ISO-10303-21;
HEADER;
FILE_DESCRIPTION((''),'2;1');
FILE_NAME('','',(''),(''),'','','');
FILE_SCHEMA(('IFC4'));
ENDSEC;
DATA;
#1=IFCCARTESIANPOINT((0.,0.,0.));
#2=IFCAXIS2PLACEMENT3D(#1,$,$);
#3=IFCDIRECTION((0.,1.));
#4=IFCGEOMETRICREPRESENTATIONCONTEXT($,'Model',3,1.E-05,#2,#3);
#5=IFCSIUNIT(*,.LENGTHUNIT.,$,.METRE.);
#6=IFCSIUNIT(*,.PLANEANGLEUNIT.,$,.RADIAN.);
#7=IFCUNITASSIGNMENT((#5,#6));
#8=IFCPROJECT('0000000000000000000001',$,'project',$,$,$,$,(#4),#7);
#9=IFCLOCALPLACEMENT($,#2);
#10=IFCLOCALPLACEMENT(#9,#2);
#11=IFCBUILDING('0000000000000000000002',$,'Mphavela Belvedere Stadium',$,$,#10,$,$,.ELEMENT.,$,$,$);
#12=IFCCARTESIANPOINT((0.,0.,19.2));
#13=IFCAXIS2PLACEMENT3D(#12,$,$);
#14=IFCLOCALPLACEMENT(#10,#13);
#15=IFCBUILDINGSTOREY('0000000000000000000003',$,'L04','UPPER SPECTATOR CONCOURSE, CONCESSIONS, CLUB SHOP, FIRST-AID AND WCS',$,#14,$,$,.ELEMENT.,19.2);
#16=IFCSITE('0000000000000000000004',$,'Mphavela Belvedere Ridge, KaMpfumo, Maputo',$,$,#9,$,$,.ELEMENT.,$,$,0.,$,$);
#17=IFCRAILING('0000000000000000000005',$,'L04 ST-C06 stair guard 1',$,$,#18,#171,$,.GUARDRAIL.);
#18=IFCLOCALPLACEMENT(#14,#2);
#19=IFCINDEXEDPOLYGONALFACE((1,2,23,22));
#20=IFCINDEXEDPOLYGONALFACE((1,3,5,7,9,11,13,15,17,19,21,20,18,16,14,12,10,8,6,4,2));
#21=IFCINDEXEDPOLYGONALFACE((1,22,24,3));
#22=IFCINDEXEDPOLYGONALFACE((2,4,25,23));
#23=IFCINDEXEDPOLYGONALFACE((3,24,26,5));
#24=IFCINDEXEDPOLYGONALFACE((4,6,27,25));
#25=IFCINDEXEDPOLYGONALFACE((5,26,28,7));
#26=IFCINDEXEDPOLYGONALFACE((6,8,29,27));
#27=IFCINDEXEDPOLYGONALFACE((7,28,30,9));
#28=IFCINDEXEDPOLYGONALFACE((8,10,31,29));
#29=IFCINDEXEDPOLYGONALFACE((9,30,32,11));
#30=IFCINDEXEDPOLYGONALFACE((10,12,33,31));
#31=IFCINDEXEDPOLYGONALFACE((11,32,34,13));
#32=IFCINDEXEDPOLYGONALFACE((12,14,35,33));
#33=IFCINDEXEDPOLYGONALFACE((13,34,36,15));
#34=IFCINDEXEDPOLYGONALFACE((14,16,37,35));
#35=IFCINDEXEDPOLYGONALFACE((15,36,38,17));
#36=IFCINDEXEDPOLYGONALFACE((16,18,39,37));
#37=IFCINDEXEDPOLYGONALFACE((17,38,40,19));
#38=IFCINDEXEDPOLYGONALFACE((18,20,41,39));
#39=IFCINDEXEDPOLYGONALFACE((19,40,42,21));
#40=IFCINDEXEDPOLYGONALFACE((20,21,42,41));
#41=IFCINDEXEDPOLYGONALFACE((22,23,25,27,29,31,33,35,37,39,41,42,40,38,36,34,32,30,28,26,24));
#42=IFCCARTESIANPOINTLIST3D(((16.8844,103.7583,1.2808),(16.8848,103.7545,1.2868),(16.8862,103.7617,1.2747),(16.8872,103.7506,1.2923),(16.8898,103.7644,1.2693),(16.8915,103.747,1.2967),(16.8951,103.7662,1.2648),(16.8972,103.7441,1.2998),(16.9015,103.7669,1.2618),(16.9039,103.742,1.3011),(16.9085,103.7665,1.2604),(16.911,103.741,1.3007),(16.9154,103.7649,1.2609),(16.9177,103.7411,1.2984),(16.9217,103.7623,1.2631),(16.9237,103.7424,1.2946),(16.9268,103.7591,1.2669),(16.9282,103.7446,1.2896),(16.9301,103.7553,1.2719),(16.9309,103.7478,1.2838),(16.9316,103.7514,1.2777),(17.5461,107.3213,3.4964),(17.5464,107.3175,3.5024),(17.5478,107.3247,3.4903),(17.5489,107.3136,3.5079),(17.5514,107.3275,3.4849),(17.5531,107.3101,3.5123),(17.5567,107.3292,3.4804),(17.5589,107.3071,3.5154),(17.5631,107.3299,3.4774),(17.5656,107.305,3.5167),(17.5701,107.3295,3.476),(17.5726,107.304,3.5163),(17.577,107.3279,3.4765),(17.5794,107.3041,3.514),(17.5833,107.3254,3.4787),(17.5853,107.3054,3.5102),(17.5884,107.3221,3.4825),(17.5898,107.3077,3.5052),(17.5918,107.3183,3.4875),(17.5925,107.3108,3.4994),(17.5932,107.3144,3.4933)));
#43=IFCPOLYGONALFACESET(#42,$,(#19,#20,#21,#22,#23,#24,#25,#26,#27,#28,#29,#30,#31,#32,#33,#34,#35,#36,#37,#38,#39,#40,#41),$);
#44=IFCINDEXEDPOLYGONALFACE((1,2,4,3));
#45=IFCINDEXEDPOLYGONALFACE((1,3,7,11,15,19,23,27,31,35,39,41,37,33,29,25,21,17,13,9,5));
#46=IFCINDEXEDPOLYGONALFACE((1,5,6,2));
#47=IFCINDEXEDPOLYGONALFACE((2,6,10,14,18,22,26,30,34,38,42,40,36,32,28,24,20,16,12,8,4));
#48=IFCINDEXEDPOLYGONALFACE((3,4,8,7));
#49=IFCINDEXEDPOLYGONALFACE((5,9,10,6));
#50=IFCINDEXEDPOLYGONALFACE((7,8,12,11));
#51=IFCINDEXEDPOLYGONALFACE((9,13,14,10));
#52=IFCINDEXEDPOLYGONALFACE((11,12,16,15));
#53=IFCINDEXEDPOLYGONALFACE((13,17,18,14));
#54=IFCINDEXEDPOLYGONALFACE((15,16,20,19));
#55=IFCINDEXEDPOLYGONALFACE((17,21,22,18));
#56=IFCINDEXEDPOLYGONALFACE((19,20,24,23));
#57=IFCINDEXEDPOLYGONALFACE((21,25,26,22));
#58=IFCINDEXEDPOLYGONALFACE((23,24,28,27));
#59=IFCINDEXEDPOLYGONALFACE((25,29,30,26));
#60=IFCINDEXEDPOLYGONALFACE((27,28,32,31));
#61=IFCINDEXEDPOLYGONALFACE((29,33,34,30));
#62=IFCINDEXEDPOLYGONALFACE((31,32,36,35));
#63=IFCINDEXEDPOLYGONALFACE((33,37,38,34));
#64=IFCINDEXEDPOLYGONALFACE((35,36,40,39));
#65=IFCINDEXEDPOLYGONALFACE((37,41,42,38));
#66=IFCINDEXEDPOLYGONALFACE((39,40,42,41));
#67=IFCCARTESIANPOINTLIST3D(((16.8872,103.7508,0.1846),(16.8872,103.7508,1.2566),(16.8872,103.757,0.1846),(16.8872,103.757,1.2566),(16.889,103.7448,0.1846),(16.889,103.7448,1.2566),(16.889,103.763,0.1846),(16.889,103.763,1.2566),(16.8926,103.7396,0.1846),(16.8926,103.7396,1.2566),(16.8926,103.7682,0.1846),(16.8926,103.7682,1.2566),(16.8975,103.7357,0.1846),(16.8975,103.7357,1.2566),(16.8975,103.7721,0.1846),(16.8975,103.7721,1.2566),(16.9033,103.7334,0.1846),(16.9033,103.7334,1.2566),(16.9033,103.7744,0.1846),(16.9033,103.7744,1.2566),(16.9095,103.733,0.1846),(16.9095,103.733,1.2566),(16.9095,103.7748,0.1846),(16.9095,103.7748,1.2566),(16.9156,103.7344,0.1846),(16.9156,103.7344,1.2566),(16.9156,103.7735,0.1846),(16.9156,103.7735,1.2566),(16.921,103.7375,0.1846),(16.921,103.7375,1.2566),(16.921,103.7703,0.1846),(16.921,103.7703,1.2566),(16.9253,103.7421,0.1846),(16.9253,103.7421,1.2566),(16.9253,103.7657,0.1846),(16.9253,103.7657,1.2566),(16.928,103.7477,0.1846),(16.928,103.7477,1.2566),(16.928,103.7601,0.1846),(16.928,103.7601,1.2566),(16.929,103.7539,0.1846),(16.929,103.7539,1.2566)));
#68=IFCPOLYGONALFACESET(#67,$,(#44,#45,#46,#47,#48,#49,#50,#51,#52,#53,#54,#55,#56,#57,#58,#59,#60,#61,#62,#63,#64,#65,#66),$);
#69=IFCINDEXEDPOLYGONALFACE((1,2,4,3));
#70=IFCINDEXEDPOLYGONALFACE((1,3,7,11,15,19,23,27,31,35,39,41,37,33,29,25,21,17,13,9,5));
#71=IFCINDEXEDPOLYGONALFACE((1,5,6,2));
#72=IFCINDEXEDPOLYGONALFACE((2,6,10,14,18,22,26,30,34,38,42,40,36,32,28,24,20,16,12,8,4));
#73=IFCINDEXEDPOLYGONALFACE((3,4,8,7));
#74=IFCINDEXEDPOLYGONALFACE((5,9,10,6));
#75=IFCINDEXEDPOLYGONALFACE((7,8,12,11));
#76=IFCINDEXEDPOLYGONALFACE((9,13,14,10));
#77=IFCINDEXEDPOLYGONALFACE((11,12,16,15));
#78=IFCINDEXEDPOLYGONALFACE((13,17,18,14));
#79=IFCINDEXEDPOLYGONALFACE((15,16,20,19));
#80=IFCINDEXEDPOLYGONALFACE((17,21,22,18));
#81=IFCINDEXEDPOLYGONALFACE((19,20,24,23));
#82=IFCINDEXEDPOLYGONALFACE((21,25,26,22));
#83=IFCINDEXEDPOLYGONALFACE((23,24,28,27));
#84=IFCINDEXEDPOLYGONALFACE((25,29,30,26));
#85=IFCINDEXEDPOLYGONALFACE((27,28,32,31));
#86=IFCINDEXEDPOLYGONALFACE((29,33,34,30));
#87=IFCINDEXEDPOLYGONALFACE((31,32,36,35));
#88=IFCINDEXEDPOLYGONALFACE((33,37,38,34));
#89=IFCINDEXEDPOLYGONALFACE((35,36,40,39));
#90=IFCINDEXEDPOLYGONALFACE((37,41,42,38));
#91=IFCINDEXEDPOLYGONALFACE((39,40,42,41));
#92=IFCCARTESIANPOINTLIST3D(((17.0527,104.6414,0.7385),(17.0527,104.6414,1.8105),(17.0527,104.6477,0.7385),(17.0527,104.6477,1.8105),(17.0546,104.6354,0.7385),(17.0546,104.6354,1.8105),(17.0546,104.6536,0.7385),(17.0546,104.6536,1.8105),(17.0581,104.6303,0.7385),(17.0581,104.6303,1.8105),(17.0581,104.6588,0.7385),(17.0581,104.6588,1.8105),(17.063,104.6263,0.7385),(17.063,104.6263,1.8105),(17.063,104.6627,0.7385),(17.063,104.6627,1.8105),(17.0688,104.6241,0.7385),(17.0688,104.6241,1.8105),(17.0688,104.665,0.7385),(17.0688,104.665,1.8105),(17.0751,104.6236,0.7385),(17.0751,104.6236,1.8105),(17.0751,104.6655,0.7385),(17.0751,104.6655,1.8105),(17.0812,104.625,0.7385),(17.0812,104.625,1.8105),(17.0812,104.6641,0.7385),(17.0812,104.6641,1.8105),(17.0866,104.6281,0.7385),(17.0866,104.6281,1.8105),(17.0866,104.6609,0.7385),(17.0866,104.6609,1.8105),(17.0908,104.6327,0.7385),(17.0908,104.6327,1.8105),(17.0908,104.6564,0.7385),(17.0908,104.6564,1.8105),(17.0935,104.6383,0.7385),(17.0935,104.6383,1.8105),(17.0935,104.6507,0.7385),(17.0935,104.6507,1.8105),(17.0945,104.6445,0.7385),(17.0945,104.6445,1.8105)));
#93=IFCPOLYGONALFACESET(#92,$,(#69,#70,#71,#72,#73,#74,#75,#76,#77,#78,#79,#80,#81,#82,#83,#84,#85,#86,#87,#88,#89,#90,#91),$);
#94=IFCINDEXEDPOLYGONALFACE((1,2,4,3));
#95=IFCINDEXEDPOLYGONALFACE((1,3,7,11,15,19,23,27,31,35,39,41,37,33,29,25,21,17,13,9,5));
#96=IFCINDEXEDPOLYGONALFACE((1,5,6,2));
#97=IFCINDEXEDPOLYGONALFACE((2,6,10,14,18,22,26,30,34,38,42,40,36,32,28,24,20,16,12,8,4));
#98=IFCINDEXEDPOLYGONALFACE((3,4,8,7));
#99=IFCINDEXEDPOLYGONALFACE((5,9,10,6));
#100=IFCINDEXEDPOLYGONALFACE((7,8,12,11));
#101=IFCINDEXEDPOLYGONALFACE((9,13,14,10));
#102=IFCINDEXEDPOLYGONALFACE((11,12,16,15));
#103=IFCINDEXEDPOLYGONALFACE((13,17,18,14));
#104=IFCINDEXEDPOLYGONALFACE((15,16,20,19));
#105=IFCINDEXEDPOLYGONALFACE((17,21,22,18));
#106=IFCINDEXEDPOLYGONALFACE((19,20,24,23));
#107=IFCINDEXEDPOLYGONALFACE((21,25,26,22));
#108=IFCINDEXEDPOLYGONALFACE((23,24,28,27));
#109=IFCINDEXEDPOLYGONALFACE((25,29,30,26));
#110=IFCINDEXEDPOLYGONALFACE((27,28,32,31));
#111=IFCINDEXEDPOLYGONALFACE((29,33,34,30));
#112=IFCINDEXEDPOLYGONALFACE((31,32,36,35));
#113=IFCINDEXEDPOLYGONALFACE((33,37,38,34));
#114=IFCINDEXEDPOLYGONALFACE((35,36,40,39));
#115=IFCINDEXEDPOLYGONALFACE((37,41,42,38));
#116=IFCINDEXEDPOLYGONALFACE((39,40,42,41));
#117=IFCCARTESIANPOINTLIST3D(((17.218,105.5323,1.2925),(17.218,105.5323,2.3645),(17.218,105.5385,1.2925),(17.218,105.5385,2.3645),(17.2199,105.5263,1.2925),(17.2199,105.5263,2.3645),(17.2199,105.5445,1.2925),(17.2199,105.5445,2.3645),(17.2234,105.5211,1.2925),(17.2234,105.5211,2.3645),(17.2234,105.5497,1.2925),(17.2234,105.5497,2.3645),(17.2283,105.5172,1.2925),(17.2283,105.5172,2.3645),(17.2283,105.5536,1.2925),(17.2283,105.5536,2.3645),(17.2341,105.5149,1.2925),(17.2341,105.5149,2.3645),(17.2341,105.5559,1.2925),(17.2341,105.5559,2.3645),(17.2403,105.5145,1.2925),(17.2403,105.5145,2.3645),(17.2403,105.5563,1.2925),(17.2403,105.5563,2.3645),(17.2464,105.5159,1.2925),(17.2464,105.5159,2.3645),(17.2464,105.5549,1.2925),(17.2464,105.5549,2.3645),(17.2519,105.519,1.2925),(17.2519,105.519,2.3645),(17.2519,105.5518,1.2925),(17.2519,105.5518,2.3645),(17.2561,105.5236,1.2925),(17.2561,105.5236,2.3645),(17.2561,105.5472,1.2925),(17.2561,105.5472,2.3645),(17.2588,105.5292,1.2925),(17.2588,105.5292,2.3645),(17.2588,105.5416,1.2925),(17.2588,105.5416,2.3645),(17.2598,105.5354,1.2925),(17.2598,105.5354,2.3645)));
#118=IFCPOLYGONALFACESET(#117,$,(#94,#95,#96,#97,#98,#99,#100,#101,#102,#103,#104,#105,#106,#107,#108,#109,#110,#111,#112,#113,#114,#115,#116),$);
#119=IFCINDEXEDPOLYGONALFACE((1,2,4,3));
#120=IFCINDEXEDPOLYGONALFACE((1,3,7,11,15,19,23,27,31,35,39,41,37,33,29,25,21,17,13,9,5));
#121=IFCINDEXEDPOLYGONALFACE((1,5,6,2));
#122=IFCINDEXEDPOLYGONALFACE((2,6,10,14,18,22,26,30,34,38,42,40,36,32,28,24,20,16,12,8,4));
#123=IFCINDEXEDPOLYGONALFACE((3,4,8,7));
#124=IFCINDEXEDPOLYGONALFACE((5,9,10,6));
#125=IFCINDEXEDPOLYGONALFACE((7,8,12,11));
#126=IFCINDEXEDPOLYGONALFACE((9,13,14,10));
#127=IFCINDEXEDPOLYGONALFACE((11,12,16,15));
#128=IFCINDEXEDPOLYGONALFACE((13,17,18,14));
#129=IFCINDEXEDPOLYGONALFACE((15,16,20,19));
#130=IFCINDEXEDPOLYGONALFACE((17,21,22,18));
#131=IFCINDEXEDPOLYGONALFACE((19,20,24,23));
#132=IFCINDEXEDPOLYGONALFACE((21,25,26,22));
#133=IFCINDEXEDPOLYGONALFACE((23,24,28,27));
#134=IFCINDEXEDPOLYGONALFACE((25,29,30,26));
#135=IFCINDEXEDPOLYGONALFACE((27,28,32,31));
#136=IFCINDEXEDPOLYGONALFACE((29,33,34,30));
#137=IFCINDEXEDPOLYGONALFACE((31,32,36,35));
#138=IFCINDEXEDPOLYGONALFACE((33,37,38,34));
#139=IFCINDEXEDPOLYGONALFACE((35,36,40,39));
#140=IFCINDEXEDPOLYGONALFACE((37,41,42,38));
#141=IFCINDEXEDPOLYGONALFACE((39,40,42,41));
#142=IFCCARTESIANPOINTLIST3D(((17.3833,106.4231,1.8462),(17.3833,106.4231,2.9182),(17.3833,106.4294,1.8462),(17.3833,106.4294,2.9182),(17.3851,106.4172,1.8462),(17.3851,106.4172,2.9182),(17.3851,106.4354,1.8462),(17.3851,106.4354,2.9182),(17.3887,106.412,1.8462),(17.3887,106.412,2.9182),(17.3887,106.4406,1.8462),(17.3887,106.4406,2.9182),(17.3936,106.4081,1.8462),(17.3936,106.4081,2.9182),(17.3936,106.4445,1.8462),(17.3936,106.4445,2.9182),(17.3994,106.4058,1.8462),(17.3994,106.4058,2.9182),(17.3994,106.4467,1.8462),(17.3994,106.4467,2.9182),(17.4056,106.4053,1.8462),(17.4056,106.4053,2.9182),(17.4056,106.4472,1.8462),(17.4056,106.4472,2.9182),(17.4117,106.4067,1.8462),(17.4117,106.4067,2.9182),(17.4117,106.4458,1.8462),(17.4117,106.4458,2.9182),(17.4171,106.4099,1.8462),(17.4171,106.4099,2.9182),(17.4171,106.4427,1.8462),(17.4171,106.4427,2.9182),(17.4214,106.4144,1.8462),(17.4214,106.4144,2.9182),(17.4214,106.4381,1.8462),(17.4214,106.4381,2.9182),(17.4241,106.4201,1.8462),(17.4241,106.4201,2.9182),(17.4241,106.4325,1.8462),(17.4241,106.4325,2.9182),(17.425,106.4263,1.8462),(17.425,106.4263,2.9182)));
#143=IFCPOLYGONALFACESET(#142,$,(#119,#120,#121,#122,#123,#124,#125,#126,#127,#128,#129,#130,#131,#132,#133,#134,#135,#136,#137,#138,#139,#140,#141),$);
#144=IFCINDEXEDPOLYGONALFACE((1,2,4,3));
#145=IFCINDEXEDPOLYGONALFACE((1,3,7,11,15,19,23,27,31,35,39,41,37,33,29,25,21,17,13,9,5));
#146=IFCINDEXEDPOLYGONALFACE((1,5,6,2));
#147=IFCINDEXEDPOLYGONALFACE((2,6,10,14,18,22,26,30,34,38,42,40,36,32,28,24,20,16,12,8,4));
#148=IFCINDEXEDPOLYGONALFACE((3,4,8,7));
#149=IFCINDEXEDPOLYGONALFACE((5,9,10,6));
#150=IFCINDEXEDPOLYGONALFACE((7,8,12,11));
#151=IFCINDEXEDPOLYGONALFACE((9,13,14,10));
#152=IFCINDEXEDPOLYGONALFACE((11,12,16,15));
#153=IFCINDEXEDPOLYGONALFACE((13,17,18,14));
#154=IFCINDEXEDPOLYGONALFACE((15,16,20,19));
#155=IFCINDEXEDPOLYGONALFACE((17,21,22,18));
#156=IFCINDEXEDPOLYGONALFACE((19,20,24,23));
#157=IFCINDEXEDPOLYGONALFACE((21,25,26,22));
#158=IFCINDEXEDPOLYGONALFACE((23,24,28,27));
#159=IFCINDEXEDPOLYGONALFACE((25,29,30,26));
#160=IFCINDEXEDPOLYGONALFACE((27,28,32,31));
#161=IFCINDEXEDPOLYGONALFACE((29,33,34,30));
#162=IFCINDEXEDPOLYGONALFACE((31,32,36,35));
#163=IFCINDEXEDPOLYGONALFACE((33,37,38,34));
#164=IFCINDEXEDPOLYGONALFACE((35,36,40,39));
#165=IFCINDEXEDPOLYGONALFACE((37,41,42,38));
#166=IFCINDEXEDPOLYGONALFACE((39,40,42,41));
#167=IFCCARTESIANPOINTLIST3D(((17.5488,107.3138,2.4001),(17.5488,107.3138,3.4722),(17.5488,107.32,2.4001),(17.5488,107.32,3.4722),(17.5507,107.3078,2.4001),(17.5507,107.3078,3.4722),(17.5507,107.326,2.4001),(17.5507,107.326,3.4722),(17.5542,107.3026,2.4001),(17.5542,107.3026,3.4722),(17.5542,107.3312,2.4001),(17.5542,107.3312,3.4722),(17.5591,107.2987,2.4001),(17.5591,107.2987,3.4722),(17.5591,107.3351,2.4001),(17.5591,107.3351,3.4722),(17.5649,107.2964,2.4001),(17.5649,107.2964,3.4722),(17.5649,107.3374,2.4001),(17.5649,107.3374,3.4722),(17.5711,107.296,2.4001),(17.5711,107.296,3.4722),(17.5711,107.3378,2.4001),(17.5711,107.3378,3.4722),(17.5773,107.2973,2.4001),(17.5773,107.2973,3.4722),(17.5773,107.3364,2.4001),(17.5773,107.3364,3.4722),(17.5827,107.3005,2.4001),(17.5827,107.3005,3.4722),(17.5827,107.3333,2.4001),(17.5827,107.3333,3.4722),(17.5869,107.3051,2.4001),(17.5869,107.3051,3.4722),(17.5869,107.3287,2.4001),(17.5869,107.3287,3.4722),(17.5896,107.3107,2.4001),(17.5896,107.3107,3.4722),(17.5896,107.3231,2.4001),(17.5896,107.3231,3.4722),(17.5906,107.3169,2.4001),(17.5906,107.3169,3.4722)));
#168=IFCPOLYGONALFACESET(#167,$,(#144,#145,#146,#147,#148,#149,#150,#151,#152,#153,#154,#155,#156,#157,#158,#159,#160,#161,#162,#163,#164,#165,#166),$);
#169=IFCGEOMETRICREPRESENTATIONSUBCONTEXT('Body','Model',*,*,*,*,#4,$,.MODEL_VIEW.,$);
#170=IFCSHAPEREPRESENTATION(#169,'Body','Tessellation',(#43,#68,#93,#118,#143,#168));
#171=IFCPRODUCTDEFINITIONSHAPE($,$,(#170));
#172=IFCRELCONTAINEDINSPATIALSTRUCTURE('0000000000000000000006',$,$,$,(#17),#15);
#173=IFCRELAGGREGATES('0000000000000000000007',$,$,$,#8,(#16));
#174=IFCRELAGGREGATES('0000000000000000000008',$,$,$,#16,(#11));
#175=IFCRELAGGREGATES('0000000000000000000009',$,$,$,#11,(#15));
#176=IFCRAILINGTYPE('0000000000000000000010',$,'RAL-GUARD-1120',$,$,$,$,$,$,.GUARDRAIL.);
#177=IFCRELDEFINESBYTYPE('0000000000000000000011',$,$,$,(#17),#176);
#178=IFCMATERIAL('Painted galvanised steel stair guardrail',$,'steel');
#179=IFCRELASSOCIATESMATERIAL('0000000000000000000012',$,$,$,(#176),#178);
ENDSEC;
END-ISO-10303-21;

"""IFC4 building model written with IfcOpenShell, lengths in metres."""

from ifc_helpers import new_model, si_unit, direction, frame, origin, origin_2d, place, context, subcontext, project, spatial, circle, extrude, material, type_object, element, save


model = new_model("IFC4")

# Units and contexts
model_context = context("Model", 3, precision=1e-05, world=origin(), true_north=direction((0.0, 1.0)))
body_context = subcontext(model_context, "Body", "Model", "MODEL_VIEW")
ifc_project = project(units=[si_unit("LENGTHUNIT", "METRE"), si_unit("PLANEANGLEUNIT", "RADIAN")], contexts=[model_context])

# Site, building, storey
site_placement = place(None, origin())
site = spatial("IfcSite", under=ifc_project, at=site_placement, Name="Mphavela Belvedere Ridge, KaMpfumo, Maputo", CompositionType="ELEMENT", RefElevation=0.0)
building_placement = place(site_placement, origin())
building = spatial("IfcBuilding", under=site, at=building_placement, Name="Mphavela Belvedere Stadium", CompositionType="ELEMENT")
storey_placement = place(building_placement, frame((0.0, 0.0, 19.2)))
storey = spatial("IfcBuildingStorey", under=building, at=storey_placement, Name="L04", Description="UPPER SPECTATOR CONCOURSE, CONCESSIONS, CLUB SHOP, FIRST-AID AND WCS", CompositionType="ELEMENT", Elevation=19.2)

# Railing
ifc_material_1 = material(Name="Painted galvanised steel stair guardrail", Category="steel")
railing_type_1 = type_object("IfcRailingType", Name="RAL-GUARD-1120", PredefinedType="GUARDRAIL", material=ifc_material_1)
railing_1_placement = place(storey_placement, frame((16.908, 103.7539, 0.1846)))
element("IfcRailing", 1, at=railing_1_placement, inside=storey, type_object=railing_type_1, Name="L04 ST-C06 stair guard 1", PredefinedType="GUARDRAIL", context=body_context, shape_type="SweptSolid", body=[
    extrude(circle(Radius=0.0239, at=origin_2d()), frame((0.0, 0.0, 1.0962), z_axis=(0.155767, 0.83884, 0.521617), x_axis=(-0.983193, 0.182572, 0.0)), (0.0, 0.0, 1.0), 4.2476),
    extrude(circle(Radius=0.021, at=origin_2d()), origin(), (0.0, 0.0, 1.0), 1.072),
    extrude(circle(Radius=0.021, at=origin_2d()), frame((0.1655, 0.8906, 0.554)), (0.0, 0.0, 1.0), 1.072),
    extrude(circle(Radius=0.021, at=origin_2d()), frame((0.3308, 1.7815, 1.1079)), (0.0, 0.0, 1.0), 1.072),
    extrude(circle(Radius=0.021, at=origin_2d()), frame((0.4961, 2.6724, 1.6616)), (0.0, 0.0, 1.0), 1.072),
    extrude(circle(Radius=0.021, at=origin_2d()), frame((0.6616, 3.563, 2.2156)), (0.0, 0.0, 1.0), 1.072),
])

save(model, "model.ifc")
